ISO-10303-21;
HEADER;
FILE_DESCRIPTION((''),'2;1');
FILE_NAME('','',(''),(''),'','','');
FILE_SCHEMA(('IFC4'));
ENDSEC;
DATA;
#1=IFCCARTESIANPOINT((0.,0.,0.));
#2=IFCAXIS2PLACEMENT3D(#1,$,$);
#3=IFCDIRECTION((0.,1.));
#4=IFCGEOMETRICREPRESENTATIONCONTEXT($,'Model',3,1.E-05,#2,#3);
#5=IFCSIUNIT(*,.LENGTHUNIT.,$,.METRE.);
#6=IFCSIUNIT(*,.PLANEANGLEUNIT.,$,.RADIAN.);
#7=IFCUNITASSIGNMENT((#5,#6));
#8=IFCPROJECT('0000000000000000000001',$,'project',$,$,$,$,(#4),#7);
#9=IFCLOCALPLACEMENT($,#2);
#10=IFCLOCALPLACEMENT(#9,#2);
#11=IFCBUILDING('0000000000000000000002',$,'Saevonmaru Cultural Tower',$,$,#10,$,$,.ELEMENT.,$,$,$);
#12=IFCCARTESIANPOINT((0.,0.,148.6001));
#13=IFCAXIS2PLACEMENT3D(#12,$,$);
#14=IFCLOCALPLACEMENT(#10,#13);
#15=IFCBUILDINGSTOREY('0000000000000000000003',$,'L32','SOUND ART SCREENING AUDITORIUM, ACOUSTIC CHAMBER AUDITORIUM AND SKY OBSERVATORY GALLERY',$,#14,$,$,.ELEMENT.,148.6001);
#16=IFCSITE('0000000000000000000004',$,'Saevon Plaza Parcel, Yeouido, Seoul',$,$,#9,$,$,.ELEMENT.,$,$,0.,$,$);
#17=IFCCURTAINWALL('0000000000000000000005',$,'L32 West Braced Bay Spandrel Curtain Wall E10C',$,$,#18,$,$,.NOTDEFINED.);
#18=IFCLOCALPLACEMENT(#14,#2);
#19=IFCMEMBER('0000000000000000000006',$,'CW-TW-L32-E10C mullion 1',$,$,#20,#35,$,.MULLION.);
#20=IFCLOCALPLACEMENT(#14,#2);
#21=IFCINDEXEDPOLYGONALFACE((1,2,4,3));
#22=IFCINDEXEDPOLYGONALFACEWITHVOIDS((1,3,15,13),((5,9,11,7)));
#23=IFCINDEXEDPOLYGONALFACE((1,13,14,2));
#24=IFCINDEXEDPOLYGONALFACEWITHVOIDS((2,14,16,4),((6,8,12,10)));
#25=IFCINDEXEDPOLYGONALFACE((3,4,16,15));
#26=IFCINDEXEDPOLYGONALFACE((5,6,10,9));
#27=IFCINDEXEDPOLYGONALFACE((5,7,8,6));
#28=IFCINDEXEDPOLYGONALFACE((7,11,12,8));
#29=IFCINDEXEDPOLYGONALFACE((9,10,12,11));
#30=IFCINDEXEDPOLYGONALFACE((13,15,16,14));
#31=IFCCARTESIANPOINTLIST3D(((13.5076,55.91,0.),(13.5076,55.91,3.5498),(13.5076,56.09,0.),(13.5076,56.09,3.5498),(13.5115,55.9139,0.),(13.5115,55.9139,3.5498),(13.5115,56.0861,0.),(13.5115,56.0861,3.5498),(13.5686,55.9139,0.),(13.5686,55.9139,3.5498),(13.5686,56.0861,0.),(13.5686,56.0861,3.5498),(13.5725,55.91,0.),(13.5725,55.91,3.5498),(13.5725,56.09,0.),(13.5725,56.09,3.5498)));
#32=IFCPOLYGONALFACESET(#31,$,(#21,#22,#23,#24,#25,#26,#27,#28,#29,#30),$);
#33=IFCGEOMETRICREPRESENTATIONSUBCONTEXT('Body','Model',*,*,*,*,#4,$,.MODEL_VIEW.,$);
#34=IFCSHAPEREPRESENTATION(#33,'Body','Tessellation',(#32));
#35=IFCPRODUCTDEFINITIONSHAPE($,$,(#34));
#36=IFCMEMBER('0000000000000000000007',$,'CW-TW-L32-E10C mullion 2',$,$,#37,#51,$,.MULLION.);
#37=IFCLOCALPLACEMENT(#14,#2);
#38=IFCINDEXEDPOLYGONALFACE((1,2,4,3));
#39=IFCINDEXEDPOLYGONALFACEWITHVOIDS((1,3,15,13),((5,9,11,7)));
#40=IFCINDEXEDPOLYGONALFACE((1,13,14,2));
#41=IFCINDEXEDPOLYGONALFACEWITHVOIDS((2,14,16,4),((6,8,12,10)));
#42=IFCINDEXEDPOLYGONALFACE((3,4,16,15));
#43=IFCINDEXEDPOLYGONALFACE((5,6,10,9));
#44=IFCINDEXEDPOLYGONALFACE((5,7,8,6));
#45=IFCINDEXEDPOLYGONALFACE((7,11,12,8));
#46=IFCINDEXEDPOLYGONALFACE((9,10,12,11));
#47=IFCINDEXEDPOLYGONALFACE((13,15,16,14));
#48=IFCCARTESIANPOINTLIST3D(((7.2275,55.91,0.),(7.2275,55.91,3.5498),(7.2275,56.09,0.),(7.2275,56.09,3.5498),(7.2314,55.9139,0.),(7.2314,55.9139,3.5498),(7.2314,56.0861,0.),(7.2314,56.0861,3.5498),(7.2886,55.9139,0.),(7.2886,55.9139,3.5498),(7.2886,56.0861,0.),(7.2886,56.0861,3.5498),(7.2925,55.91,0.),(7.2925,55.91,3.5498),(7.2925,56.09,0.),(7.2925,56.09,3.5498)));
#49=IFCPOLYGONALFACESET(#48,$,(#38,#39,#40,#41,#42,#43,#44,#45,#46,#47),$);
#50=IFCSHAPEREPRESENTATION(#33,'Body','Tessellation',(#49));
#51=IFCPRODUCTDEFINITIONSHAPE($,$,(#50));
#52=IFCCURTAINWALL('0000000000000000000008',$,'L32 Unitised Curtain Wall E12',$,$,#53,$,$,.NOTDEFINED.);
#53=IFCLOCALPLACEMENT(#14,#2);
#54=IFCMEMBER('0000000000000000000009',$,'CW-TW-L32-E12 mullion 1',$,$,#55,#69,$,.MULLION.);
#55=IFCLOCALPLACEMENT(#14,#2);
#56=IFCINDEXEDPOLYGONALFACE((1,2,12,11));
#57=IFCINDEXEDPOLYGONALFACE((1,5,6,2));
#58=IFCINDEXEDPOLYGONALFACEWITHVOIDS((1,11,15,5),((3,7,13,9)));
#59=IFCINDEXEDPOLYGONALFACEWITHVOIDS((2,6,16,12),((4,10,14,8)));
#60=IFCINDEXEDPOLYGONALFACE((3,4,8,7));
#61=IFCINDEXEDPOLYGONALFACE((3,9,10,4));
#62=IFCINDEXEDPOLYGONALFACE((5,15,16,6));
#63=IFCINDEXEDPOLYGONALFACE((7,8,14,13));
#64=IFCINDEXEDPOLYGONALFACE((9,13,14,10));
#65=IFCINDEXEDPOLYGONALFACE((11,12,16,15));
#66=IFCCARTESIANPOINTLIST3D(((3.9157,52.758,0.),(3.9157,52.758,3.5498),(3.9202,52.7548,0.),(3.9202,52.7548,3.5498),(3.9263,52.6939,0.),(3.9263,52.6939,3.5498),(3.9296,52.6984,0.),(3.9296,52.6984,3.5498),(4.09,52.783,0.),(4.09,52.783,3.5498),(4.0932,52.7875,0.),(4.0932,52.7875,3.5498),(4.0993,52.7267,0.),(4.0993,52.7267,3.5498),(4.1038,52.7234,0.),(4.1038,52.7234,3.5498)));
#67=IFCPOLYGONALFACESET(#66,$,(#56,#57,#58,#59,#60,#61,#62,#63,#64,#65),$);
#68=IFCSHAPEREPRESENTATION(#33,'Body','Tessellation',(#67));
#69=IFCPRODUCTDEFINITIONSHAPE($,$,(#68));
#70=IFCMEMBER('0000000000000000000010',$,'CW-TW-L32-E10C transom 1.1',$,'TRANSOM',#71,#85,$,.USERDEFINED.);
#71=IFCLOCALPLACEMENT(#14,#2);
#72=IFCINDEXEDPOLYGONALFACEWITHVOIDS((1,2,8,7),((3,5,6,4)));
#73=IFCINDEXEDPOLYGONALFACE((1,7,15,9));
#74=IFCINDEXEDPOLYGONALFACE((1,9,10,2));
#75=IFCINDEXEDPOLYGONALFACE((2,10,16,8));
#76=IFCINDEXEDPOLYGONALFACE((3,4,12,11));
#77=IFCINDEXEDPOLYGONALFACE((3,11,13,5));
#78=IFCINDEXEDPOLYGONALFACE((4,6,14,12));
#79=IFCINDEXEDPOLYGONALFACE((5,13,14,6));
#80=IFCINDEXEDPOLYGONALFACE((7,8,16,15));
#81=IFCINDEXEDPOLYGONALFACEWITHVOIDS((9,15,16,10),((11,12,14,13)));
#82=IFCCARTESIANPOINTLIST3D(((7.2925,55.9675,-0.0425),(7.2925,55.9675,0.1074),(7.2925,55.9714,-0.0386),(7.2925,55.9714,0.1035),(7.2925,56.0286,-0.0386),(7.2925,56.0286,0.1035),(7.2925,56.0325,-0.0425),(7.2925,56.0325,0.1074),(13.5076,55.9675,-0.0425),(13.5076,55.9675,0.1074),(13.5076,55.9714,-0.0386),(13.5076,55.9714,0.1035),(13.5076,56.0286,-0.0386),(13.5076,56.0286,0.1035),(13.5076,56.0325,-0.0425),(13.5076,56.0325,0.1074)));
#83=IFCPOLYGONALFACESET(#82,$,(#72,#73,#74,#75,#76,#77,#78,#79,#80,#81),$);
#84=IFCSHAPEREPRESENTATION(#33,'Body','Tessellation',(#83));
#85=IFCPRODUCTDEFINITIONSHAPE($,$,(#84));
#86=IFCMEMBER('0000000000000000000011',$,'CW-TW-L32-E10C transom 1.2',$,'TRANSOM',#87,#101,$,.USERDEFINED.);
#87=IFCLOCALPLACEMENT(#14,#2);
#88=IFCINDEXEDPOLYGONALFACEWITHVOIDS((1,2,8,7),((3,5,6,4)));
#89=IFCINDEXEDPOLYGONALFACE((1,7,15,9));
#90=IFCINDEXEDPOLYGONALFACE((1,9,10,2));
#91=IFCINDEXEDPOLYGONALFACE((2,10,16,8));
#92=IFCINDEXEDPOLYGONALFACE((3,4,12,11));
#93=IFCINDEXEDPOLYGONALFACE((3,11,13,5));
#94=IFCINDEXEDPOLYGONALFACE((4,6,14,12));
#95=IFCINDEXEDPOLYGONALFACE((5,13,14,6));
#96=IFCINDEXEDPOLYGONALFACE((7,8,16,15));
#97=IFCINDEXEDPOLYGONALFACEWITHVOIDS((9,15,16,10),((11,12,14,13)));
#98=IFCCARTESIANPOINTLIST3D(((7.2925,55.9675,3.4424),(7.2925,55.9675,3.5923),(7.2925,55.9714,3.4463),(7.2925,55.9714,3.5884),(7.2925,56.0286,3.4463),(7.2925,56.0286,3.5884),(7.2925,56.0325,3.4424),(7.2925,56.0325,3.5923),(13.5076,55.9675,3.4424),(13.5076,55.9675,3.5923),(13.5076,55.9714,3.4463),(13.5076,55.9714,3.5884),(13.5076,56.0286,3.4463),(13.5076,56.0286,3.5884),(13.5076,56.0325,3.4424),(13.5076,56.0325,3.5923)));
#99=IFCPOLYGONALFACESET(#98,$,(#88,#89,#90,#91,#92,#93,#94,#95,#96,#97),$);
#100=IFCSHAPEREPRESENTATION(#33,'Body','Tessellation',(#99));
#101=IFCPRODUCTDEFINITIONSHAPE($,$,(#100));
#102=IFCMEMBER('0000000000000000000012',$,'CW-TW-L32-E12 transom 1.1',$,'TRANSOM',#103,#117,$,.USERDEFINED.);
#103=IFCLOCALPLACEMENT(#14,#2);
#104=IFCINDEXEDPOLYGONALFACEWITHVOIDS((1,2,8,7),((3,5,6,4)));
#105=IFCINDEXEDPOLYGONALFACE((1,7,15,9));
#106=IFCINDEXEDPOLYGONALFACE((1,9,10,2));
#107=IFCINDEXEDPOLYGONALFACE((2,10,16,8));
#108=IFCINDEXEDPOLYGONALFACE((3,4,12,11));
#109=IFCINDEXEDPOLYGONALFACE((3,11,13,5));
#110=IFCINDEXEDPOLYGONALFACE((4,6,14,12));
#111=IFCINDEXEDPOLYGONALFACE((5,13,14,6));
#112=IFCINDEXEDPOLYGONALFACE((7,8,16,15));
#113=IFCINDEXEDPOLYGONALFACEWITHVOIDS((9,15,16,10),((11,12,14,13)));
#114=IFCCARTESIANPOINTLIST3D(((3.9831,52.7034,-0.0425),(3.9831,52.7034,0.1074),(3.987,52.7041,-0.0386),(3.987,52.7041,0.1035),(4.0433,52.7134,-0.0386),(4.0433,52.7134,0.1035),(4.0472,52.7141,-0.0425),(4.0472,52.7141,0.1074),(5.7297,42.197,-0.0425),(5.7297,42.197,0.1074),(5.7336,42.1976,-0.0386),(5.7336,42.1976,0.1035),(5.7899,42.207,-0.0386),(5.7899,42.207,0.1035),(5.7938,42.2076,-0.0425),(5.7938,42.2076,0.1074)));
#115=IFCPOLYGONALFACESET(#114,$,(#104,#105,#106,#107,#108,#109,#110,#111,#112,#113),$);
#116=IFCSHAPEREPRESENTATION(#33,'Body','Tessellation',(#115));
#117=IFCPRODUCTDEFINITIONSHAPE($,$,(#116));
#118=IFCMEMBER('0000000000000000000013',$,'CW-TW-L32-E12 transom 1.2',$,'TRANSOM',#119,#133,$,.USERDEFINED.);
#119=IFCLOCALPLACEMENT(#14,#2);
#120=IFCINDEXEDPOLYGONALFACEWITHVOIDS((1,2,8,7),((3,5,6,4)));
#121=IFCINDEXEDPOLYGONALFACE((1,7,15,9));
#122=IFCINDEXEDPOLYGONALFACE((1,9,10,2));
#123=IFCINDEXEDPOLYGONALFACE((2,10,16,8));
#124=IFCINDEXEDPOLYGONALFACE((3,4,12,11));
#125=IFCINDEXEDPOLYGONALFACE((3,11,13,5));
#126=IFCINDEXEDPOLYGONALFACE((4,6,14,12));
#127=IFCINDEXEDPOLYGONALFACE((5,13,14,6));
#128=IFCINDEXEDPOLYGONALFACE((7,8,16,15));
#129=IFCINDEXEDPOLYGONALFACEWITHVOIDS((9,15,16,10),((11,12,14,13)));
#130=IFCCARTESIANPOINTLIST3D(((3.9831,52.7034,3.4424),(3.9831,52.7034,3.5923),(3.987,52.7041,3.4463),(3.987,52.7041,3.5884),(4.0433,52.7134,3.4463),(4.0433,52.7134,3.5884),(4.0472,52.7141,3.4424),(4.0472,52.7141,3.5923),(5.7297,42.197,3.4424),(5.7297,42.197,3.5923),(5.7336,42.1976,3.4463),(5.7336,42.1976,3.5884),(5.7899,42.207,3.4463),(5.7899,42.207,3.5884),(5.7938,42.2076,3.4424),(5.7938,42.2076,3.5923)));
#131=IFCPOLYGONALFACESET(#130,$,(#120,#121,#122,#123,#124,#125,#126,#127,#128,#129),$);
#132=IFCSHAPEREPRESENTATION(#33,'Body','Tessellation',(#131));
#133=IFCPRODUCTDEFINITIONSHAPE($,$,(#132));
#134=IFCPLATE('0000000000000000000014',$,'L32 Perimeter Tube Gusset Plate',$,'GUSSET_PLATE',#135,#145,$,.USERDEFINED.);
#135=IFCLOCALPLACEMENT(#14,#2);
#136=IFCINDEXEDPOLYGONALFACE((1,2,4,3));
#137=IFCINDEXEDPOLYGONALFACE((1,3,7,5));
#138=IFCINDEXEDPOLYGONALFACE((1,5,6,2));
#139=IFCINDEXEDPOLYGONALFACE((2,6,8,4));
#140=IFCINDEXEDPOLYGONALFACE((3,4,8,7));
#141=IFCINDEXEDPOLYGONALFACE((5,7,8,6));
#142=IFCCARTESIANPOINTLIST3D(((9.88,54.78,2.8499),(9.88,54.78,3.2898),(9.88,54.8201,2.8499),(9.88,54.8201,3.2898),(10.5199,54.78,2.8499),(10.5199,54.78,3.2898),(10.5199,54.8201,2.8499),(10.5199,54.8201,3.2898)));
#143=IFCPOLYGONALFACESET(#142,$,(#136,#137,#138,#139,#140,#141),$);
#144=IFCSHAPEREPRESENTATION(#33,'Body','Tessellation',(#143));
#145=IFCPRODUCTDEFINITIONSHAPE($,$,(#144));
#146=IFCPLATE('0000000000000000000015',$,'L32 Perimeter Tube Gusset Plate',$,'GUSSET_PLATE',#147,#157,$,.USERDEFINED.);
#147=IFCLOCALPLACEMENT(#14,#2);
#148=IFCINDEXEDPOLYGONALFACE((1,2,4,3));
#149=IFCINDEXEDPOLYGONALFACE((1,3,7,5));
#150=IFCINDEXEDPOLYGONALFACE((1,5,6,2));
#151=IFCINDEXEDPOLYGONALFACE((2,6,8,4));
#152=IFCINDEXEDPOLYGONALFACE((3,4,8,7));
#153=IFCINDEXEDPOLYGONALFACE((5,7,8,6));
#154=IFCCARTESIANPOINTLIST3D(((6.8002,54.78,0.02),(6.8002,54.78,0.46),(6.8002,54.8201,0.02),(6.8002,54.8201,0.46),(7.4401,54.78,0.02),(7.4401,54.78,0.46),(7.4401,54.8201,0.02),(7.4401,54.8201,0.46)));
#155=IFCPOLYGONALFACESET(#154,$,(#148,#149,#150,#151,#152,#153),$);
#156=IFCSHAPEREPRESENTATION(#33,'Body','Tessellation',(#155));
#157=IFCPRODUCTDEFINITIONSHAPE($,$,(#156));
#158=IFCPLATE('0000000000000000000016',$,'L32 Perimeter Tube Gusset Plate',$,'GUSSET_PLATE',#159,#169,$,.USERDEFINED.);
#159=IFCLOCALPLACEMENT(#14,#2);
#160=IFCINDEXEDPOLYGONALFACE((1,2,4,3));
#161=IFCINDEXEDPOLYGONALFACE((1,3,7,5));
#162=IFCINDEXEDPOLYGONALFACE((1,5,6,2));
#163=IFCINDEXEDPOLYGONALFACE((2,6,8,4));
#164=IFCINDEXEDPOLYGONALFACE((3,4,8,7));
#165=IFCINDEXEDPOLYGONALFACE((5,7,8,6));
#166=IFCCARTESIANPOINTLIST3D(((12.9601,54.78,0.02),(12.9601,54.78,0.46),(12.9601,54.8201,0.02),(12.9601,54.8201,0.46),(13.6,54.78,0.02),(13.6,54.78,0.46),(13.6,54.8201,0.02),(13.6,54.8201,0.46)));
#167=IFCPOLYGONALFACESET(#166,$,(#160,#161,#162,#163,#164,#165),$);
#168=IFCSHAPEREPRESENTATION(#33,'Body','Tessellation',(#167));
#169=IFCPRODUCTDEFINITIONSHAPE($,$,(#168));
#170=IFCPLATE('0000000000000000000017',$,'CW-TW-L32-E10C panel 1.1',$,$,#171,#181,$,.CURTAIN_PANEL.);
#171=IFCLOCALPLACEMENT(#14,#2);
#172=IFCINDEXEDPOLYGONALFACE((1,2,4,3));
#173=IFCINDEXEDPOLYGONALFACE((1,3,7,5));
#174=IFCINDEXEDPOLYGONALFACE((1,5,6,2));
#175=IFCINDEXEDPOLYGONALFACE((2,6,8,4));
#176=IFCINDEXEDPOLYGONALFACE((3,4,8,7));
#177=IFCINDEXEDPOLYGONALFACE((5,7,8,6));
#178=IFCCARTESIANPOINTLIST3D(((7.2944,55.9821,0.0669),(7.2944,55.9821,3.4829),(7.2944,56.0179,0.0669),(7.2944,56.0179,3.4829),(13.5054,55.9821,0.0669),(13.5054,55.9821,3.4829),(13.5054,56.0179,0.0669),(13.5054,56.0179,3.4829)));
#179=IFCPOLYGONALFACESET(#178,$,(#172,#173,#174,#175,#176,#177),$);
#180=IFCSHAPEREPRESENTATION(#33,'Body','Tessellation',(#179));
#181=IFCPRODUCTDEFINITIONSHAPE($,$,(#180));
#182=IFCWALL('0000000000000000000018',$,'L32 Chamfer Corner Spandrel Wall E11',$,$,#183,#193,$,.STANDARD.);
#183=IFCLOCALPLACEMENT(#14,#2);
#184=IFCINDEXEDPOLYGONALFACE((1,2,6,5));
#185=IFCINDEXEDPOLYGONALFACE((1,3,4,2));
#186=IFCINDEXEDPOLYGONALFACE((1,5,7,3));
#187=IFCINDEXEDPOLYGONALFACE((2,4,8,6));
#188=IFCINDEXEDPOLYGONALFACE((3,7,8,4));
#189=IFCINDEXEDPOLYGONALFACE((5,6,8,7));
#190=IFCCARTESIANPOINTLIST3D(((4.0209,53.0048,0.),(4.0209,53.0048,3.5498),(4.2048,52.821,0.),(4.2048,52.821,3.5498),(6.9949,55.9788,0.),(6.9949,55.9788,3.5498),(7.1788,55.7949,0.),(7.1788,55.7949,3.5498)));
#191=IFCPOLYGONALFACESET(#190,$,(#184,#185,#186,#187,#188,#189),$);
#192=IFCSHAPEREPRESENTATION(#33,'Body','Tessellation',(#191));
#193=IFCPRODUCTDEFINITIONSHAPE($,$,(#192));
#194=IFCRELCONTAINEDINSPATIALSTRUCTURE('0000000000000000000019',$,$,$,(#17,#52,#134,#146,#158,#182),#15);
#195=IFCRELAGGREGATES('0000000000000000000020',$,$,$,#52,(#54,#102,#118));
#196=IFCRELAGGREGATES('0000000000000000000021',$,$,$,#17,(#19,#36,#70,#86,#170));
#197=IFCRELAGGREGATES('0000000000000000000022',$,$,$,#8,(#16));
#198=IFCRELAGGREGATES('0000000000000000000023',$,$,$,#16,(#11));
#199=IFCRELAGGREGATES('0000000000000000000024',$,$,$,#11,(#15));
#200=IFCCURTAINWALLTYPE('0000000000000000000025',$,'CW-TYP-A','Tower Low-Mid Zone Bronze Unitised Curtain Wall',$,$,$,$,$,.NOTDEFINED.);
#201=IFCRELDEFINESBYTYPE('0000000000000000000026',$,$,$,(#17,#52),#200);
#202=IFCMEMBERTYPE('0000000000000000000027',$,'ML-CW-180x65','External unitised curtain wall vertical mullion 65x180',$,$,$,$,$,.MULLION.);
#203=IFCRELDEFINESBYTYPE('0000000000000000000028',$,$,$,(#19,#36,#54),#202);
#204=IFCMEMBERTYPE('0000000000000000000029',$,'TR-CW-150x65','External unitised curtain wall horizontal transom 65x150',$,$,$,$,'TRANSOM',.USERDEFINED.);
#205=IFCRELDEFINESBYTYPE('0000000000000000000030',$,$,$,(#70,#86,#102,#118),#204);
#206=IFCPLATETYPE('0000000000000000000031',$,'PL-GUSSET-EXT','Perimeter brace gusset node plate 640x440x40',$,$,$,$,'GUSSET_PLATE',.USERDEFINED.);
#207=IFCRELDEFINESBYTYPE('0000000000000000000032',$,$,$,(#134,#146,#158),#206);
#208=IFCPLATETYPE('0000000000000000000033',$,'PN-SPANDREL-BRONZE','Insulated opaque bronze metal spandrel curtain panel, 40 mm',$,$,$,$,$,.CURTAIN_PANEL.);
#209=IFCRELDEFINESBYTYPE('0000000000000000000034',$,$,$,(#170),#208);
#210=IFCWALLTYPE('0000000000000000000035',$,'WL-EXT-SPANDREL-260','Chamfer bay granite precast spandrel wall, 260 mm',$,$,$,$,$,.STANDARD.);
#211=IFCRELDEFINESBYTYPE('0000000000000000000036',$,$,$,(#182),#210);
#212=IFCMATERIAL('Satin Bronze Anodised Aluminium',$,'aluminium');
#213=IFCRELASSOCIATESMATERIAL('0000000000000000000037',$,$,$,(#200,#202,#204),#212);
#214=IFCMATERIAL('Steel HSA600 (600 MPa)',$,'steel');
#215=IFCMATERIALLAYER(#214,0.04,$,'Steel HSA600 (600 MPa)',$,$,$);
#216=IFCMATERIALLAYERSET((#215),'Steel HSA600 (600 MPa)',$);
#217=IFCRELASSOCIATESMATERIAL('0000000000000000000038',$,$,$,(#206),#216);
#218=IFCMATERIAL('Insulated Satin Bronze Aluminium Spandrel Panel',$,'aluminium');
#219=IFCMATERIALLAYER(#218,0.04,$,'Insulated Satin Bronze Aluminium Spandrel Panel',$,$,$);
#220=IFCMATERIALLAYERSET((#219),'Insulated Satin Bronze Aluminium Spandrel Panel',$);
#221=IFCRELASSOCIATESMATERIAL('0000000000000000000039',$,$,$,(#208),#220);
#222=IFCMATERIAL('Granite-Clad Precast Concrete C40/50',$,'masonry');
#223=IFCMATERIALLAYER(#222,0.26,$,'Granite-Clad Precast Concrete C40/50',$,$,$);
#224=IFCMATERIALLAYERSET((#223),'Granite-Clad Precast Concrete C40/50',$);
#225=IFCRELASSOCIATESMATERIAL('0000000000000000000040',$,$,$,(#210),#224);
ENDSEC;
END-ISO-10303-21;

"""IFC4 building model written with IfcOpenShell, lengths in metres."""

from ifc_helpers import new_model, si_unit, direction, frame, frame_2d, origin, origin_2d, place, context, subcontext, project, spatial, rectangle, hollow_rectangle, extrude, material, layer, layer_set, material_profile, profile_set, type_object, element, aggregate, save


model = new_model("IFC4")

# Units and contexts
model_context = context("Model", 3, precision=1e-05, world=origin(), true_north=direction((0.0, 1.0)))
body_context = subcontext(model_context, "Body", "Model", "MODEL_VIEW")
ifc_project = project(units=[si_unit("LENGTHUNIT", "METRE"), si_unit("PLANEANGLEUNIT", "RADIAN")], contexts=[model_context])

# Site, building, storey
site_placement = place(None, origin())
site = spatial("IfcSite", under=ifc_project, at=site_placement, Name="Saevon Plaza Parcel, Yeouido, Seoul", CompositionType="ELEMENT", RefElevation=0.0)
building_placement = place(site_placement, origin())
building = spatial("IfcBuilding", under=site, at=building_placement, Name="Saevonmaru Cultural Tower", CompositionType="ELEMENT")
storey_placement = place(building_placement, frame((0.0, 0.0, 148.6001)))
storey = spatial("IfcBuildingStorey", under=building, at=storey_placement, Name="L32", Description="SOUND ART SCREENING AUDITORIUM, ACOUSTIC CHAMBER AUDITORIUM AND SKY OBSERVATORY GALLERY", CompositionType="ELEMENT", Elevation=148.6001)

# Curtain wall, members
ifc_material_1 = material(Name="Satin Bronze Anodised Aluminium", Category="aluminium")
curtain_wall_type = type_object("IfcCurtainWallType", Name="CW-TYP-A", Description="Tower Low-Mid Zone Bronze Unitised Curtain Wall", PredefinedType="NOTDEFINED", material=ifc_material_1)
curtain_wall_1_placement = place(storey_placement, origin())
curtain_wall_1 = element("IfcCurtainWall", 1, at=curtain_wall_1_placement, inside=storey, type_object=curtain_wall_type, Name="L32 West Braced Bay Spandrel Curtain Wall E10C", PredefinedType="NOTDEFINED")
ifc_material_profile_1 = material_profile(ifc_material_1, hollow_rectangle(XDim=0.0649, YDim=0.1799, WallThickness=0.0039, at=origin_2d()), Name="ALU-MULL-180x65x4")
ifc_profile_set_1 = profile_set([ifc_material_profile_1], Name="Satin Bronze Anodised Aluminium")
member_type_1 = type_object("IfcMemberType", Name="ML-CW-180x65", Description="External unitised curtain wall vertical mullion 65x180", PredefinedType="MULLION", material=ifc_profile_set_1)
member_1_placement = place(storey_placement, frame((13.54, 56.0, 0.0), z_axis=(0.0, 0.0, 1.0), x_axis=(-1.0, 0.0, 0.0)))
member_1 = element("IfcMember", 2, at=member_1_placement, type_object=member_type_1, Name="CW-TW-L32-E10C mullion 1", PredefinedType="MULLION", context=body_context, shape_type="SweptSolid", body=[
    extrude(hollow_rectangle(XDim=0.0649, YDim=0.1799, WallThickness=0.0039, at=origin_2d()), origin(), (0.0, 0.0, 1.0), 3.5498),
])
member_2_placement = place(storey_placement, frame((7.26, 56.0, 0.0), z_axis=(0.0, 0.0, 1.0), x_axis=(-1.0, 0.0, 0.0)))
member_2 = element("IfcMember", 3, at=member_2_placement, type_object=member_type_1, Name="CW-TW-L32-E10C mullion 2", PredefinedType="MULLION", context=body_context, shape_type="SweptSolid", body=[
    extrude(hollow_rectangle(XDim=0.0649, YDim=0.1799, WallThickness=0.0039, at=origin_2d()), origin(), (0.0, 0.0, 1.0), 3.5498),
])

# Curtain wall, member
curtain_wall_2_placement = place(storey_placement, origin())
curtain_wall_2 = element("IfcCurtainWall", 4, at=curtain_wall_2_placement, inside=storey, type_object=curtain_wall_type, Name="L32 Unitised Curtain Wall E12", PredefinedType="NOTDEFINED")
member_3_placement = place(storey_placement, frame((4.0098, 52.7407, 0.0), z_axis=(0.0, 0.0, 1.0), x_axis=(0.163999, -0.986461, 0.0)))
member_3 = element("IfcMember", 5, at=member_3_placement, type_object=member_type_1, Name="CW-TW-L32-E12 mullion 1", PredefinedType="MULLION", context=body_context, shape_type="SweptSolid", body=[
    extrude(hollow_rectangle(XDim=0.0649, YDim=0.1799, WallThickness=0.0039, at=origin_2d()), origin(), (0.0, 0.0, 1.0), 3.5498),
])

# Members
ifc_material_profile_2 = material_profile(ifc_material_1, hollow_rectangle(XDim=0.0649, YDim=0.1499, WallThickness=0.0039, at=origin_2d()), Name="ALU-TRAN-150x65x4")
ifc_profile_set_2 = profile_set([ifc_material_profile_2], Name="Satin Bronze Anodised Aluminium")
member_type_2 = type_object("IfcMemberType", Name="TR-CW-150x65", Description="External unitised curtain wall horizontal transom 65x150", ElementType="TRANSOM", PredefinedType="USERDEFINED", material=ifc_profile_set_2)
member_4_placement = place(storey_placement, frame((13.5076, 56.0, 0.0325), z_axis=(-1.0, 0.0, 0.0), x_axis=(0.0, -1.0, 0.0)))
member_4 = element("IfcMember", 6, at=member_4_placement, type_object=member_type_2, Name="CW-TW-L32-E10C transom 1.1", ObjectType="TRANSOM", PredefinedType="USERDEFINED", context=body_context, shape_type="SweptSolid", body=[
    extrude(hollow_rectangle(XDim=0.0649, YDim=0.1499, WallThickness=0.0039, at=origin_2d()), origin(), (0.0, 0.0, 1.0), 6.2151),
])
member_5_placement = place(storey_placement, frame((13.5076, 56.0, 3.5173), z_axis=(-1.0, 0.0, 0.0), x_axis=(0.0, -1.0, 0.0)))
member_5 = element("IfcMember", 7, at=member_5_placement, type_object=member_type_2, Name="CW-TW-L32-E10C transom 1.2", ObjectType="TRANSOM", PredefinedType="USERDEFINED", context=body_context, shape_type="SweptSolid", body=[
    extrude(hollow_rectangle(XDim=0.0649, YDim=0.1499, WallThickness=0.0039, at=origin_2d()), origin(), (0.0, 0.0, 1.0), 6.2151),
])
member_6_placement = place(storey_placement, frame((4.0151, 52.7087, 0.0325), z_axis=(0.16399, -0.986462, 0.0), x_axis=(0.986462, 0.16399, 0.0)))
member_6 = element("IfcMember", 8, at=member_6_placement, type_object=member_type_2, Name="CW-TW-L32-E12 transom 1.1", ObjectType="TRANSOM", PredefinedType="USERDEFINED", context=body_context, shape_type="SweptSolid", body=[
    extrude(hollow_rectangle(XDim=0.0649, YDim=0.1499, WallThickness=0.0039, at=origin_2d()), origin(), (0.0, 0.0, 1.0), 10.6506),
])
member_7_placement = place(storey_placement, frame((4.0151, 52.7087, 3.5173), z_axis=(0.16399, -0.986462, 0.0), x_axis=(0.986462, 0.16399, 0.0)))
member_7 = element("IfcMember", 9, at=member_7_placement, type_object=member_type_2, Name="CW-TW-L32-E12 transom 1.2", ObjectType="TRANSOM", PredefinedType="USERDEFINED", context=body_context, shape_type="SweptSolid", body=[
    extrude(hollow_rectangle(XDim=0.0649, YDim=0.1499, WallThickness=0.0039, at=origin_2d()), origin(), (0.0, 0.0, 1.0), 10.6506),
])
aggregate(curtain_wall_2, [member_3, member_6, member_7])

# Plates
ifc_material_2 = material(Name="Steel HSA600 (600 MPa)", Category="steel")
ifc_layer_1 = layer(ifc_material_2, 0.04, Name="Steel HSA600 (600 MPa)")
ifc_layer_set_1 = layer_set([ifc_layer_1], Name="Steel HSA600 (600 MPa)")
plate_type_1 = type_object("IfcPlateType", Name="PL-GUSSET-EXT", Description="Perimeter brace gusset node plate 640x440x40", ElementType="GUSSET_PLATE", PredefinedType="USERDEFINED", material=ifc_layer_set_1)
for number, where, z_axis, x_axis, name in (
    (10, (10.2, 54.8, 2.8499), (0.0, 0.0, 1.0), (1.0, 0.0, 0.0), "L32 Perimeter Tube Gusset Plate"),
    (11, (7.1201, 54.8, 0.02), (0.0, 0.0, 1.0), (1.0, 0.0, 0.0), "L32 Perimeter Tube Gusset Plate"),
    (12, (13.28, 54.8, 0.02), (0.0, 0.0, 1.0), (1.0, 0.0, 0.0), "L32 Perimeter Tube Gusset Plate"),
):
    element("IfcPlate", number, at=place(storey_placement, frame(where, z_axis=z_axis, x_axis=x_axis)), inside=storey, type_object=plate_type_1, Name=name, ObjectType="GUSSET_PLATE", PredefinedType="USERDEFINED", context=body_context, shape_type="SweptSolid", body=[
        extrude(rectangle(XDim=0.6399, YDim=0.04, at=origin_2d()), origin(), (0.0, 0.0, 1.0), 0.4399),
    ])

# Plate
ifc_material_3 = material(Name="Insulated Satin Bronze Aluminium Spandrel Panel", Category="aluminium")
ifc_layer_2 = layer(ifc_material_3, 0.04, Name="Insulated Satin Bronze Aluminium Spandrel Panel")
ifc_layer_set_2 = layer_set([ifc_layer_2], Name="Insulated Satin Bronze Aluminium Spandrel Panel")
plate_type_2 = type_object("IfcPlateType", Name="PN-SPANDREL-BRONZE", Description="Insulated opaque bronze metal spandrel curtain panel, 40 mm", PredefinedType="CURTAIN_PANEL", material=ifc_layer_set_2)
plate_placement = place(storey_placement, frame((10.3999, 56.0, 0.0669), z_axis=(0.0, 0.0, 1.0), x_axis=(-1.0, 0.0, 0.0)))
plate = element("IfcPlate", 13, at=plate_placement, type_object=plate_type_2, Name="CW-TW-L32-E10C panel 1.1", PredefinedType="CURTAIN_PANEL", context=body_context, shape_type="SweptSolid", body=[
    extrude(rectangle(XDim=6.2109, YDim=0.0359, at=origin_2d()), origin(), (0.0, 0.0, 1.0), 3.416),
])
aggregate(curtain_wall_1, [member_1, member_2, member_4, member_5, plate])

# Wall
ifc_material_4 = material(Name="Granite-Clad Precast Concrete C40/50", Category="masonry")
ifc_layer_3 = layer(ifc_material_4, 0.26, Name="Granite-Clad Precast Concrete C40/50")
ifc_layer_set_3 = layer_set([ifc_layer_3], Name="Granite-Clad Precast Concrete C40/50")
wall_type_1 = type_object("IfcWallType", Name="WL-EXT-SPANDREL-260", Description="Chamfer bay granite precast spandrel wall, 260 mm", PredefinedType="STANDARD", material=ifc_layer_set_3)
wall_1_placement = place(storey_placement, frame((7.0869, 55.887, 0.0), z_axis=(0.0, 0.0, 1.0), x_axis=(-0.707107, -0.707107, 0.0)))
element("IfcWall", 14, at=wall_1_placement, inside=storey, type_object=wall_type_1, Name="L32 Chamfer Corner Spandrel Wall E11", PredefinedType="STANDARD", context=body_context, shape_type="SweptSolid", body=[
    extrude(rectangle(XDim=4.2058, YDim=0.26, at=frame_2d((2.103, 0.0))), origin(), (0.0, 0.0, 1.0), 3.5498),
])

save(model, "model.ifc")
